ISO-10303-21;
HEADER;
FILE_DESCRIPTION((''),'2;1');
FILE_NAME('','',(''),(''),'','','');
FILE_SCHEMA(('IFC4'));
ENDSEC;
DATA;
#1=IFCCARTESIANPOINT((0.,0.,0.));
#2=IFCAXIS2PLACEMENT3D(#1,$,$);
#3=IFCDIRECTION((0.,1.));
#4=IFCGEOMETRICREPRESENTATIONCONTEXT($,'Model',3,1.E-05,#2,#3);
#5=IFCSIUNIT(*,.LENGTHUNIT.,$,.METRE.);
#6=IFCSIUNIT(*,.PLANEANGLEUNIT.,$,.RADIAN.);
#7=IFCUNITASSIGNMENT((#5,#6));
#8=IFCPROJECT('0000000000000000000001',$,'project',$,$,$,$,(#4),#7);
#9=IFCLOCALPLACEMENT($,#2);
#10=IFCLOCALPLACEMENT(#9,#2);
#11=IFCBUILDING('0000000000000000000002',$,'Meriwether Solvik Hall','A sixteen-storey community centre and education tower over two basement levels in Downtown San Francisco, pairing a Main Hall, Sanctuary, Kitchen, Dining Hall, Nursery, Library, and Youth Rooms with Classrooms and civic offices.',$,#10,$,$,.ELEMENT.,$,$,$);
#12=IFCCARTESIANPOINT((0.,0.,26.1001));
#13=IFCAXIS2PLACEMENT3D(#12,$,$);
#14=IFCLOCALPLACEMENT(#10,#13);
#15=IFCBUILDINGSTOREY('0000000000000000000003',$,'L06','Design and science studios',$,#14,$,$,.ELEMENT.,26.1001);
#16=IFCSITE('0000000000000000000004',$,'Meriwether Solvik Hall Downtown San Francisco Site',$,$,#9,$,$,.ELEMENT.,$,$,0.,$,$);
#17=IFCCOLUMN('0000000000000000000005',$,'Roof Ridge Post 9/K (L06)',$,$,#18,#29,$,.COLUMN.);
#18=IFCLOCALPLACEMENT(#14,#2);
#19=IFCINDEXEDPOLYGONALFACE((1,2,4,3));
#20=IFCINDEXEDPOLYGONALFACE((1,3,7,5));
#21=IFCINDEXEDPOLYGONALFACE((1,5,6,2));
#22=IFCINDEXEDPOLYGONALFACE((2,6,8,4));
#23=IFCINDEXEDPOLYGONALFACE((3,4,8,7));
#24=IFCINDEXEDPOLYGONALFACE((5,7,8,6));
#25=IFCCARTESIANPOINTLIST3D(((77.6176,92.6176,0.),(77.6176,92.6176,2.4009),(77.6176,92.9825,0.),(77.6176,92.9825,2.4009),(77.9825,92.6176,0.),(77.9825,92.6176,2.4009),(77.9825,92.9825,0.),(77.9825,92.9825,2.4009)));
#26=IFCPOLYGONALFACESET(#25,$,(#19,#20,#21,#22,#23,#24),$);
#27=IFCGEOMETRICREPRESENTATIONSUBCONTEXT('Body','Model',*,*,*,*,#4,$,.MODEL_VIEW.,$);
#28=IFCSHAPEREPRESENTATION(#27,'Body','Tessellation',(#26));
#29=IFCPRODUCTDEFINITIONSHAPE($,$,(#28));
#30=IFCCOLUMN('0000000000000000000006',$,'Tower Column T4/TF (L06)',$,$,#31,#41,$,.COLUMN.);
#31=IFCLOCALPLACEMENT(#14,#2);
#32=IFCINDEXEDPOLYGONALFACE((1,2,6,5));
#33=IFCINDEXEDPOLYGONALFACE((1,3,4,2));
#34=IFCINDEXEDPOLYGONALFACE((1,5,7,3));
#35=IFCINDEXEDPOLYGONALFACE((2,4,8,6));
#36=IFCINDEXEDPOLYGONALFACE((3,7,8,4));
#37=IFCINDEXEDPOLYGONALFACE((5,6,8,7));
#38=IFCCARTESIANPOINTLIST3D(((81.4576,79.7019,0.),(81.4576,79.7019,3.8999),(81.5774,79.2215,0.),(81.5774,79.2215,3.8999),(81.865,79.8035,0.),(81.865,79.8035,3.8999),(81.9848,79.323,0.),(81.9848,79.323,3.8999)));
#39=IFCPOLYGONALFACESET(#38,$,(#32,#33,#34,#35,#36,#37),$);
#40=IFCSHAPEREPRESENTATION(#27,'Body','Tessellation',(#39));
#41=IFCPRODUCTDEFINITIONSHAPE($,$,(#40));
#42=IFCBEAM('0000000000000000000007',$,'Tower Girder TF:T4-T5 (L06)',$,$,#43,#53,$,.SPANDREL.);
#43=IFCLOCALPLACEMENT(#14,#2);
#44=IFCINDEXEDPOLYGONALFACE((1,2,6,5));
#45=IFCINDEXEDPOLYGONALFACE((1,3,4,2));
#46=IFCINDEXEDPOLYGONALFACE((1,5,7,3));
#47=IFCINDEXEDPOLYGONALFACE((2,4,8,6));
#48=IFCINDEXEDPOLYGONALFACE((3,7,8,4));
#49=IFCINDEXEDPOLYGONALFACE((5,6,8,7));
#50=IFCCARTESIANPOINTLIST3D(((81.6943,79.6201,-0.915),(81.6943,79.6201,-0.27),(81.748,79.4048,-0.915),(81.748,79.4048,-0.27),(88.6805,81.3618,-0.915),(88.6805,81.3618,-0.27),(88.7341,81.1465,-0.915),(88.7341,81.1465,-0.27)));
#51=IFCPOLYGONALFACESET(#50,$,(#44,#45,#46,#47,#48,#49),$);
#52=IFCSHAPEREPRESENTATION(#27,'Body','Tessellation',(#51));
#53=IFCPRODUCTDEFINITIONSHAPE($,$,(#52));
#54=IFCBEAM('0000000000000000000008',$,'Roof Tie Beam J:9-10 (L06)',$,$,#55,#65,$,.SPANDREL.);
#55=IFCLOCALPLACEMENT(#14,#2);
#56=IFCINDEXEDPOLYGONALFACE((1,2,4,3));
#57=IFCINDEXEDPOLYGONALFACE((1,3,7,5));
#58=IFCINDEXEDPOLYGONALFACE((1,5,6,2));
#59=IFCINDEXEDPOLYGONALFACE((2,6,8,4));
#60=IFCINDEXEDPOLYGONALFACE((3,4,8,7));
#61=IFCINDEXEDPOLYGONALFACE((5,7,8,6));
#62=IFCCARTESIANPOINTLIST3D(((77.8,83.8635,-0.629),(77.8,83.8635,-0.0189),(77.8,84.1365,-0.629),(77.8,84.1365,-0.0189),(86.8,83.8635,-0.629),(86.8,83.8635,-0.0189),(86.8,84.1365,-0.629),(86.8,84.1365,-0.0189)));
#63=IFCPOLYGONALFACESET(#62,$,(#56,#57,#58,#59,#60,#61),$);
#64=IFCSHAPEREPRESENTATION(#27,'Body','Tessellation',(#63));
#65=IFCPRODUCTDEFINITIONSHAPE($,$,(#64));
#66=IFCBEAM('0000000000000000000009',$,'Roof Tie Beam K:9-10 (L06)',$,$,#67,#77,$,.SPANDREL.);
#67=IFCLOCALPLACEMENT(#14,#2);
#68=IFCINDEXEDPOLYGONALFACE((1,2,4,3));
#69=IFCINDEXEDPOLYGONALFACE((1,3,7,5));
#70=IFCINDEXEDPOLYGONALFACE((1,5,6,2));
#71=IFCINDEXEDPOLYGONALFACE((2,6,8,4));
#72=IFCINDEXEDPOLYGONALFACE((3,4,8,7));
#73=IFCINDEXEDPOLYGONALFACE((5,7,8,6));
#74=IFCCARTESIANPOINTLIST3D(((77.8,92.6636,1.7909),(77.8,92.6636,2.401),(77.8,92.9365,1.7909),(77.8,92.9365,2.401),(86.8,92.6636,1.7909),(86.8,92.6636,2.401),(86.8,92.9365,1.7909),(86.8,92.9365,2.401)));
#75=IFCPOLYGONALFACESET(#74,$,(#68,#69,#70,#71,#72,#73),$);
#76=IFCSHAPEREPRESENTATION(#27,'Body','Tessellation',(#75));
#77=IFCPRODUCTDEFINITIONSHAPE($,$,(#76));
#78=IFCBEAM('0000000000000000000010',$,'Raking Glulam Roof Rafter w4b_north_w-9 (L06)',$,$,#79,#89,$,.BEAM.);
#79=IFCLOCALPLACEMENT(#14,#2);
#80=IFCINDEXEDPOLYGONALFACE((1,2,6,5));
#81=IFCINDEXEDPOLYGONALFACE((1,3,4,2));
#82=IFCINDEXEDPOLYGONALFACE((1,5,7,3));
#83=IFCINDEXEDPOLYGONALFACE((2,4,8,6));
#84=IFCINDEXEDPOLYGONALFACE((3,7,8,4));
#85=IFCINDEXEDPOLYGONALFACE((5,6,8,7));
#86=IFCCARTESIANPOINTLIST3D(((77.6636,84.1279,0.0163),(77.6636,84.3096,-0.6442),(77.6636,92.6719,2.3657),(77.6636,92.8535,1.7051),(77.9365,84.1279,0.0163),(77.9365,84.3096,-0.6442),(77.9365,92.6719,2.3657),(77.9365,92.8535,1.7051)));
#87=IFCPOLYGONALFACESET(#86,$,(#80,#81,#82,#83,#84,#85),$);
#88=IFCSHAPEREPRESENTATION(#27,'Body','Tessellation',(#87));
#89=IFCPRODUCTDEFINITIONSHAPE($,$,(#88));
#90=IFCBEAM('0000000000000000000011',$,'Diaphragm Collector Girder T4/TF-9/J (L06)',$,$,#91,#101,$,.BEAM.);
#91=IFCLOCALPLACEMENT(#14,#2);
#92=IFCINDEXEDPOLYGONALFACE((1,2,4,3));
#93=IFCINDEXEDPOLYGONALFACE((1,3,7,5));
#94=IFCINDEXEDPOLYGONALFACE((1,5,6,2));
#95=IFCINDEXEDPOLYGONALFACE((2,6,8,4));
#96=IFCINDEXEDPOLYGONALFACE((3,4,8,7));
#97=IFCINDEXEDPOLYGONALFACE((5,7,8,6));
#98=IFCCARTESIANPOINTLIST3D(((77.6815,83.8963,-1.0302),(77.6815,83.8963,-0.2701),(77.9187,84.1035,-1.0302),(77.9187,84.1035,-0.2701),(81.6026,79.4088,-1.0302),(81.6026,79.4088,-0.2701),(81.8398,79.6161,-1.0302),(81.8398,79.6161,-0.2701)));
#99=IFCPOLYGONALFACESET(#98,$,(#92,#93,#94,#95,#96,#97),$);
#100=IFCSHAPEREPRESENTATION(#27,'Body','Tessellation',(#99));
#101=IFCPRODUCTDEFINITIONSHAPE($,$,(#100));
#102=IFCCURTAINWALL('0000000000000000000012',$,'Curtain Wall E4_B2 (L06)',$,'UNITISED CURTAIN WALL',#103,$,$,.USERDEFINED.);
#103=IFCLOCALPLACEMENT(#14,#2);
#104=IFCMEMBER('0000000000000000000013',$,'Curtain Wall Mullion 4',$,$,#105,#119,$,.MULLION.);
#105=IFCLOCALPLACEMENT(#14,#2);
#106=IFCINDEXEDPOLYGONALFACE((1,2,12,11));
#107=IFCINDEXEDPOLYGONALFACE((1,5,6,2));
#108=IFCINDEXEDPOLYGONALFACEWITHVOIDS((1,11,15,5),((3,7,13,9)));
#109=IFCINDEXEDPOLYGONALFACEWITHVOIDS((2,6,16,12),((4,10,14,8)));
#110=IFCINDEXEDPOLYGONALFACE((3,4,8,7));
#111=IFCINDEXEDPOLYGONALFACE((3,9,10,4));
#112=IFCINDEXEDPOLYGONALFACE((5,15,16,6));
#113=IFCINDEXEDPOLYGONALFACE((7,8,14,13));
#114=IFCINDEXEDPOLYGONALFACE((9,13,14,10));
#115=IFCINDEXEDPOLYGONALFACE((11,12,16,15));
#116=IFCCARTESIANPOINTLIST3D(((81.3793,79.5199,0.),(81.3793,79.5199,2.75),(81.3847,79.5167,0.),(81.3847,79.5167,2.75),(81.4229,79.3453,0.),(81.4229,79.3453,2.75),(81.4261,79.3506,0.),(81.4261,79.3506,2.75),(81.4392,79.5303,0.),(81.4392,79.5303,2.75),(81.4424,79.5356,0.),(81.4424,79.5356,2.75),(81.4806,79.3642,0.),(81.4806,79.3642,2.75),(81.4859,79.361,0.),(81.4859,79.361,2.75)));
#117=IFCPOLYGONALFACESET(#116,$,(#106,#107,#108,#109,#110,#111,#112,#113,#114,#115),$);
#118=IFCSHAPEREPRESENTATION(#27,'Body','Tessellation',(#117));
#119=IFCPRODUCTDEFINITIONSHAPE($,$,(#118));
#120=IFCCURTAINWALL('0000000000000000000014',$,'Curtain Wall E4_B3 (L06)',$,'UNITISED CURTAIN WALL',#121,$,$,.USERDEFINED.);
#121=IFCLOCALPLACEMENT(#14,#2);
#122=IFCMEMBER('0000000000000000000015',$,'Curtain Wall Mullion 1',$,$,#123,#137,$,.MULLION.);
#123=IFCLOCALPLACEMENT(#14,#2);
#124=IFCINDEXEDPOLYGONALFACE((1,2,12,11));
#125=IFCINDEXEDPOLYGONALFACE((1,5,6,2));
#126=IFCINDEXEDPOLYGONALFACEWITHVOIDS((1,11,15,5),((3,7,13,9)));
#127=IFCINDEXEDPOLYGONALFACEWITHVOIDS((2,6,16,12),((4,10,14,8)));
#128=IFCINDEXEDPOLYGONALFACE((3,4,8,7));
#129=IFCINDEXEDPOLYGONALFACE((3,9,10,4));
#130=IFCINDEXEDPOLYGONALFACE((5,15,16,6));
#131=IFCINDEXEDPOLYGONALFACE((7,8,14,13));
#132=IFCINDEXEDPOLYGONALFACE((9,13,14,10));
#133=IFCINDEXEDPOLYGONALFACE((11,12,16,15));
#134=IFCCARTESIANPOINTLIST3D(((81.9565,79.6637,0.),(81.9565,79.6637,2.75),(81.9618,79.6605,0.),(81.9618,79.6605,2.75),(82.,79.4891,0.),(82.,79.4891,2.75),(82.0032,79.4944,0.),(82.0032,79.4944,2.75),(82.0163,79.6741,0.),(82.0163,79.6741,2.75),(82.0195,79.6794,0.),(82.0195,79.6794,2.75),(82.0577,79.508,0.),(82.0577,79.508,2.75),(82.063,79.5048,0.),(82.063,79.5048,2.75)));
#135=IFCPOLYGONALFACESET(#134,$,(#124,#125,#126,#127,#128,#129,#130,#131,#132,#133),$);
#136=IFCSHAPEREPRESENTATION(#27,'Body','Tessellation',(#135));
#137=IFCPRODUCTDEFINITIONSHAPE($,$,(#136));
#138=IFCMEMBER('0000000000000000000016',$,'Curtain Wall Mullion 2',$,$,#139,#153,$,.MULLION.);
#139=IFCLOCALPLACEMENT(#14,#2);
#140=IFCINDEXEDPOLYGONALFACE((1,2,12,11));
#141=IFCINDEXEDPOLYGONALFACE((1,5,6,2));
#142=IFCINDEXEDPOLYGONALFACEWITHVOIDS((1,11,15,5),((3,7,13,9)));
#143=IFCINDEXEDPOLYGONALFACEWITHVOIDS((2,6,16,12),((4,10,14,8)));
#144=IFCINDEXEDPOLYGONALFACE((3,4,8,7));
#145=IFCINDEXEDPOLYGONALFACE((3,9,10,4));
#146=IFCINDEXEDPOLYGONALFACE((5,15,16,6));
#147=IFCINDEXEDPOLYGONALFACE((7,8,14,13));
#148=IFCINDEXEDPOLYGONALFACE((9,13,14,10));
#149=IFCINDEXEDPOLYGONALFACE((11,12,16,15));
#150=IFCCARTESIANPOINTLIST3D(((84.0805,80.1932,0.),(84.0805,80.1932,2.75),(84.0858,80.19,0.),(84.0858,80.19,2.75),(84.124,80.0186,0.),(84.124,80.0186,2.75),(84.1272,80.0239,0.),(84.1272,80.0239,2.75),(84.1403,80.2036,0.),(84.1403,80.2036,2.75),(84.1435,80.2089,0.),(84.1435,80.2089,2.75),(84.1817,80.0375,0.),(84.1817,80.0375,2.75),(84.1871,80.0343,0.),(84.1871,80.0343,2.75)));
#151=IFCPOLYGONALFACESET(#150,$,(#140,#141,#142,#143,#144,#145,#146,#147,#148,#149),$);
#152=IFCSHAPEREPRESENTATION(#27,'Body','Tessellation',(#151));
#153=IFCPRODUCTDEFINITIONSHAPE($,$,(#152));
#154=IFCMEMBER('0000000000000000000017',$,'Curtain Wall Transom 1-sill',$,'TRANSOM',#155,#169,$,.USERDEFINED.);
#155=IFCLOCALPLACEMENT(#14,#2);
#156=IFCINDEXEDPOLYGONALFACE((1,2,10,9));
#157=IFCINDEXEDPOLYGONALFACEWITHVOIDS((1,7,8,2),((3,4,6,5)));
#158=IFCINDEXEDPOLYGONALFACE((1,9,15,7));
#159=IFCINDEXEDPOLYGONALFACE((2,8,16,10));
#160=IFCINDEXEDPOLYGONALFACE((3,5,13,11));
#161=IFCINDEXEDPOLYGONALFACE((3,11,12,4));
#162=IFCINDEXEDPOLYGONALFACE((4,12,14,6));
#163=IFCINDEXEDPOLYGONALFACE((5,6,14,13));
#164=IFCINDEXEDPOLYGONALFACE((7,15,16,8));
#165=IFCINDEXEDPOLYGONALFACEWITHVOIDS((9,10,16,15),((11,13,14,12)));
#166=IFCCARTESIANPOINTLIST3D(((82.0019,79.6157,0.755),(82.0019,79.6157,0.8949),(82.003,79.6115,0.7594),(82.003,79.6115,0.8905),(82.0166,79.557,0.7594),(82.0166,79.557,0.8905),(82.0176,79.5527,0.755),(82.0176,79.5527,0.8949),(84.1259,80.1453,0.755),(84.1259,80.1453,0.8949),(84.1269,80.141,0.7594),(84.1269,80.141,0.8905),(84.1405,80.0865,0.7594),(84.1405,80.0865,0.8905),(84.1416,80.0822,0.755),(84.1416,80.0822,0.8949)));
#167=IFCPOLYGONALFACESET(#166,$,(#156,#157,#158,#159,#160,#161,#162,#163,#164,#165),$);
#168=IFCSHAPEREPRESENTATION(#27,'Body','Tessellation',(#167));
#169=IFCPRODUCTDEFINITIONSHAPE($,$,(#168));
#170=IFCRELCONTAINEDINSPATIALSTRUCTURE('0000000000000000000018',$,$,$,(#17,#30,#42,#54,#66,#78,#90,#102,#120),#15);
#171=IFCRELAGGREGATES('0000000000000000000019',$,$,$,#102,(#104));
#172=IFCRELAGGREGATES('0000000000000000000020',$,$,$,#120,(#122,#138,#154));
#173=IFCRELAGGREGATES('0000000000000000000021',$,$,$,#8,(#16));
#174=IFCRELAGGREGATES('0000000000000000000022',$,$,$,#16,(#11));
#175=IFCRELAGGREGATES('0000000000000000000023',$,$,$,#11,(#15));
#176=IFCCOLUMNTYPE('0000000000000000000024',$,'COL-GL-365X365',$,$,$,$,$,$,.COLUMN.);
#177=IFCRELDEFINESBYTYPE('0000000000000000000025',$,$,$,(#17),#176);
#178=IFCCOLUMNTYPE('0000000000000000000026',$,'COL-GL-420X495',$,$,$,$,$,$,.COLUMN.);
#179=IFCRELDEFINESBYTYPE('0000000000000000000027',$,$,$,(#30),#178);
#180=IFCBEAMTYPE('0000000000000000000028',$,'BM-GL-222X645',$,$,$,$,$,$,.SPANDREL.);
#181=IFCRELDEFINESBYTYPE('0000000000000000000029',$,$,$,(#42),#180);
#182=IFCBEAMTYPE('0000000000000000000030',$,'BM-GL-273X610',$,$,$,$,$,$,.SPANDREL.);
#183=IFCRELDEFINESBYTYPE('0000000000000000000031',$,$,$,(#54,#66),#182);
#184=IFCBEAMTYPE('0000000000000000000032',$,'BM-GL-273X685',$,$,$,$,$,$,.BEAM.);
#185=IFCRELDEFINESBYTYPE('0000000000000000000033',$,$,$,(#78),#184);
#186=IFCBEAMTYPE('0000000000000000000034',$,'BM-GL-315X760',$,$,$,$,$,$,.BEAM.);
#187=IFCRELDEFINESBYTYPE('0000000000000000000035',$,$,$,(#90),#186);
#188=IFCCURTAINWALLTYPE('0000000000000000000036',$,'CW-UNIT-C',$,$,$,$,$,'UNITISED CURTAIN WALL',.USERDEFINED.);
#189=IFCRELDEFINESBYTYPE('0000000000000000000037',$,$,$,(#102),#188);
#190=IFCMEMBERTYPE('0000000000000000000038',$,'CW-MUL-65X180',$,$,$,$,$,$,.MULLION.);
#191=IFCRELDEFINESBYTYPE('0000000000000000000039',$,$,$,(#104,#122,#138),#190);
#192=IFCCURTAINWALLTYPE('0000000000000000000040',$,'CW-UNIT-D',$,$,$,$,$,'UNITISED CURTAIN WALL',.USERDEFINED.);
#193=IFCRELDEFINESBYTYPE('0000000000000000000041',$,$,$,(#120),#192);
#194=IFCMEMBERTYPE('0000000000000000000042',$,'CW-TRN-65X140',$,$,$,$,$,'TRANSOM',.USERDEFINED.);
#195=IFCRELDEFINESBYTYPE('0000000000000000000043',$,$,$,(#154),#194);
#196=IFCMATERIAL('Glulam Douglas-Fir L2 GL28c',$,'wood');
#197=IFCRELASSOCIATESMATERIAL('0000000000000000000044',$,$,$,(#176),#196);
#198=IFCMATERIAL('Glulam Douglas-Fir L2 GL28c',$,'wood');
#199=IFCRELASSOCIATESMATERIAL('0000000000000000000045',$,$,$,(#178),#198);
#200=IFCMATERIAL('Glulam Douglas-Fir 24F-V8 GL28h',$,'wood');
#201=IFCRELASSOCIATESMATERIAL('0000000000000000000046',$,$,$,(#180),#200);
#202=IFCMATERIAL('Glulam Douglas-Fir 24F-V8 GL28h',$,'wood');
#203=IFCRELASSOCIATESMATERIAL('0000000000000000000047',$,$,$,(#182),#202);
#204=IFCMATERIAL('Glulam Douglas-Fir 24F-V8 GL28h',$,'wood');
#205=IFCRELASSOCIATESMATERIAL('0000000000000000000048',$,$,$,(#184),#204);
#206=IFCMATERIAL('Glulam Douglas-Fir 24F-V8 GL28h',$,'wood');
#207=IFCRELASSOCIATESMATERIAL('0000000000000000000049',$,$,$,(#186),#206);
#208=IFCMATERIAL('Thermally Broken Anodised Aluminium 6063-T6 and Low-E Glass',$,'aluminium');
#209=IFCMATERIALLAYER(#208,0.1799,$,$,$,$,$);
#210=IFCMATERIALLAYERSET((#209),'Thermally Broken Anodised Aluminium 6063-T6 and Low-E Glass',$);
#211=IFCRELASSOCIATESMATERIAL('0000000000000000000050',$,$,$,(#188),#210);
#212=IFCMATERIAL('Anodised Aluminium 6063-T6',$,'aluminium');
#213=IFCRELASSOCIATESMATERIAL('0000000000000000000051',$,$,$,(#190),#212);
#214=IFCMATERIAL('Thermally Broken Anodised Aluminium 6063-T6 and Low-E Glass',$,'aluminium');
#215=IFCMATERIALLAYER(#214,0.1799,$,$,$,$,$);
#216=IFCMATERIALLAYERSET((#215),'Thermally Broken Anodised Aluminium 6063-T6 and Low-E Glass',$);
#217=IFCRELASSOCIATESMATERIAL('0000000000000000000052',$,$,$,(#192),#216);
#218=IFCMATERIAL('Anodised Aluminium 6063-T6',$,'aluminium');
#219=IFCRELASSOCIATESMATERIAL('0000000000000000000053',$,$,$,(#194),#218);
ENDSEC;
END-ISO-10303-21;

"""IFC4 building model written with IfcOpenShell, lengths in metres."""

from ifc_helpers import new_model, si_unit, direction, frame, origin, origin_2d, place, context, subcontext, project, spatial, rectangle, hollow_rectangle, extrude, material, layer, layer_set, material_profile, profile_set, type_object, element, aggregate, save


model = new_model("IFC4")

# Units and contexts
model_context = context("Model", 3, precision=1e-05, world=origin(), true_north=direction((0.0, 1.0)))
body_context = subcontext(model_context, "Body", "Model", "MODEL_VIEW")
ifc_project = project(units=[si_unit("LENGTHUNIT", "METRE"), si_unit("PLANEANGLEUNIT", "RADIAN")], contexts=[model_context])

# Site, building, storey
site_placement = place(None, origin())
site = spatial("IfcSite", under=ifc_project, at=site_placement, Name="Meriwether Solvik Hall Downtown San Francisco Site", CompositionType="ELEMENT", RefElevation=0.0)
building_placement = place(site_placement, origin())
building = spatial("IfcBuilding", under=site, at=building_placement, Name="Meriwether Solvik Hall", Description="A sixteen-storey community centre and education tower over two basement levels in Downtown San Francisco, pairing a Main Hall, Sanctuary, Kitchen, Dining Hall, Nursery, Library, and Youth Rooms with Classrooms and civic offices.", CompositionType="ELEMENT")
storey_placement = place(building_placement, frame((0.0, 0.0, 26.1001)))
storey = spatial("IfcBuildingStorey", under=building, at=storey_placement, Name="L06", Description="Design and science studios", CompositionType="ELEMENT", Elevation=26.1001)

# Columns
ifc_material_1 = material(Name="Glulam Douglas-Fir L2 GL28c", Category="wood")
ifc_material_profile_1 = material_profile(ifc_material_1, rectangle(XDim=0.365, YDim=0.365, at=origin_2d()), Name="GLC-365X365")
ifc_profile_set_1 = profile_set([ifc_material_profile_1], Name="Glulam Douglas-Fir L2 GL28c")
column_type_1 = type_object("IfcColumnType", Name="COL-GL-365X365", PredefinedType="COLUMN", material=ifc_profile_set_1)
column_1_placement = place(storey_placement, frame((77.8, 92.8, 0.0), z_axis=(0.0, 0.0, 1.0), x_axis=(1.0, 0.0, 0.0)))
element("IfcColumn", 1, at=column_1_placement, inside=storey, type_object=column_type_1, Name="Roof Ridge Post 9/K (L06)", PredefinedType="COLUMN", context=body_context, shape_type="SweptSolid", body=[
    extrude(rectangle(XDim=0.365, YDim=0.365, at=origin_2d()), origin(), (0.0, 0.0, 1.0), 2.4009),
])
ifc_material_2 = material(Name="Glulam Douglas-Fir L2 GL28c", Category="wood")
ifc_material_profile_2 = material_profile(ifc_material_2, rectangle(XDim=0.4199, YDim=0.4951, at=origin_2d()), Name="GLC-420X495")
ifc_profile_set_2 = profile_set([ifc_material_profile_2], Name="Glulam Douglas-Fir L2 GL28c")
column_type_2 = type_object("IfcColumnType", Name="COL-GL-420X495", PredefinedType="COLUMN", material=ifc_profile_set_2)
column_2_placement = place(storey_placement, frame((81.7212, 79.5125, 0.0), z_axis=(0.0, 0.0, 1.0), x_axis=(0.970296, 0.241922, 0.0)))
element("IfcColumn", 2, at=column_2_placement, inside=storey, type_object=column_type_2, Name="Tower Column T4/TF (L06)", PredefinedType="COLUMN", context=body_context, shape_type="SweptSolid", body=[
    extrude(rectangle(XDim=0.4199, YDim=0.4951, at=origin_2d()), origin(), (0.0, 0.0, 1.0), 3.8999),
])

# Beams
ifc_material_3 = material(Name="Glulam Douglas-Fir 24F-V8 GL28h", Category="wood")
ifc_material_profile_3 = material_profile(ifc_material_3, rectangle(XDim=0.2219, YDim=0.645, at=origin_2d()), Name="GLB-222X645")
ifc_profile_set_3 = profile_set([ifc_material_profile_3], Name="Glulam Douglas-Fir 24F-V8 GL28h")
beam_type_1 = type_object("IfcBeamType", Name="BM-GL-222X645", PredefinedType="SPANDREL", material=ifc_profile_set_3)
beam_1_placement = place(storey_placement, frame((81.7212, 79.5125, -0.5925), z_axis=(0.9703, 0.241905, 0.0), x_axis=(-0.241905, 0.9703, 0.0)))
element("IfcBeam", 3, at=beam_1_placement, inside=storey, type_object=beam_type_1, Name="Tower Girder TF:T4-T5 (L06)", PredefinedType="SPANDREL", context=body_context, shape_type="SweptSolid", body=[
    extrude(rectangle(XDim=0.2219, YDim=0.645, at=origin_2d()), origin(), (0.0, 0.0, 1.0), 7.2),
])
ifc_material_4 = material(Name="Glulam Douglas-Fir 24F-V8 GL28h", Category="wood")
ifc_material_profile_4 = material_profile(ifc_material_4, rectangle(XDim=0.2729, YDim=0.6101, at=origin_2d()), Name="GLB-273X610")
ifc_profile_set_4 = profile_set([ifc_material_profile_4], Name="Glulam Douglas-Fir 24F-V8 GL28h")
beam_type_2 = type_object("IfcBeamType", Name="BM-GL-273X610", PredefinedType="SPANDREL", material=ifc_profile_set_4)
for number, where, z_axis, x_axis, name in (
    (4, (77.8, 84.0, -0.324), (1.0, 0.0, 0.0), (0.0, 1.0, 0.0), "Roof Tie Beam J:9-10 (L06)"),
    (5, (77.8, 92.8, 2.0959), (1.0, 0.0, 0.0), (0.0, 1.0, 0.0), "Roof Tie Beam K:9-10 (L06)"),
):
    element("IfcBeam", number, at=place(storey_placement, frame(where, z_axis=z_axis, x_axis=x_axis)), inside=storey, type_object=beam_type_2, Name=name, PredefinedType="SPANDREL", context=body_context, shape_type="SweptSolid", body=[
        extrude(rectangle(XDim=0.2729, YDim=0.6101, at=origin_2d()), origin(), (0.0, 0.0, 1.0), 9.0),
    ])
ifc_material_5 = material(Name="Glulam Douglas-Fir 24F-V8 GL28h", Category="wood")
ifc_material_profile_5 = material_profile(ifc_material_5, rectangle(XDim=0.2729, YDim=0.6851, at=origin_2d()), Name="GLB-273X685")
ifc_profile_set_5 = profile_set([ifc_material_profile_5], Name="Glulam Douglas-Fir 24F-V8 GL28h")
beam_type_3 = type_object("IfcBeamType", Name="BM-GL-273X685", PredefinedType="BEAM", material=ifc_profile_set_5)
beam_2_placement = place(storey_placement, frame((77.8, 84.2188, -0.314), z_axis=(0.0, 0.964212, 0.265133), x_axis=(-1.0, 0.0, 0.0)))
element("IfcBeam", 6, at=beam_2_placement, inside=storey, type_object=beam_type_3, Name="Raking Glulam Roof Rafter w4b_north_w-9 (L06)", PredefinedType="BEAM", context=body_context, shape_type="SweptSolid", body=[
    extrude(rectangle(XDim=0.2729, YDim=0.6851, at=origin_2d()), origin(), (0.0, 0.0, 1.0), 8.8611),
])
ifc_material_6 = material(Name="Glulam Douglas-Fir 24F-V8 GL28h", Category="wood")
ifc_material_profile_6 = material_profile(ifc_material_6, rectangle(XDim=0.3149, YDim=0.76, at=origin_2d()), Name="GLB-315X760")
ifc_profile_set_6 = profile_set([ifc_material_profile_6], Name="Glulam Douglas-Fir 24F-V8 GL28h")
beam_type_4 = type_object("IfcBeamType", Name="BM-GL-315X760", PredefinedType="BEAM", material=ifc_profile_set_6)
beam_3_placement = place(storey_placement, frame((81.7212, 79.5125, -0.6501), z_axis=(-0.657985, 0.753031, 0.0), x_axis=(-0.753031, -0.657985, 0.0)))
element("IfcBeam", 7, at=beam_3_placement, inside=storey, type_object=beam_type_4, Name="Diaphragm Collector Girder T4/TF-9/J (L06)", PredefinedType="BEAM", context=body_context, shape_type="SweptSolid", body=[
    extrude(rectangle(XDim=0.3149, YDim=0.76, at=origin_2d()), origin(), (0.0, 0.0, 1.0), 5.9592),
])

# Curtain wall, member
ifc_material_7 = material(Name="Thermally Broken Anodised Aluminium 6063-T6 and Low-E Glass", Category="aluminium")
ifc_layer_1 = layer(ifc_material_7, 0.1799)
ifc_layer_set_1 = layer_set([ifc_layer_1], Name="Thermally Broken Anodised Aluminium 6063-T6 and Low-E Glass")
curtain_wall_type_1 = type_object("IfcCurtainWallType", Name="CW-UNIT-C", ElementType="UNITISED CURTAIN WALL", PredefinedType="USERDEFINED", material=ifc_layer_set_1)
curtain_wall_1_placement = place(storey_placement, origin())
curtain_wall_1 = element("IfcCurtainWall", 8, at=curtain_wall_1_placement, inside=storey, type_object=curtain_wall_type_1, Name="Curtain Wall E4_B2 (L06)", ObjectType="UNITISED CURTAIN WALL", PredefinedType="USERDEFINED")
ifc_material_8 = material(Name="Anodised Aluminium 6063-T6", Category="aluminium")
ifc_material_profile_7 = material_profile(ifc_material_8, hollow_rectangle(XDim=0.0649, YDim=0.1799, WallThickness=0.0044, at=origin_2d()), Name="CWM-65X180")
ifc_profile_set_7 = profile_set([ifc_material_profile_7], Name="Anodised Aluminium 6063-T6")
member_type_1 = type_object("IfcMemberType", Name="CW-MUL-65X180", PredefinedType="MULLION", material=ifc_profile_set_7)
member_1_placement = place(storey_placement, frame((81.4326, 79.4404, 0.0), z_axis=(0.0, 0.0, 1.0), x_axis=(0.970296, 0.241922, 0.0)))
member_1 = element("IfcMember", 9, at=member_1_placement, type_object=member_type_1, Name="Curtain Wall Mullion 4", PredefinedType="MULLION", context=body_context, shape_type="SweptSolid", body=[
    extrude(hollow_rectangle(XDim=0.0649, YDim=0.1799, WallThickness=0.0044, at=origin_2d()), origin(), (0.0, 0.0, 1.0), 2.75),
])

# Curtain wall, members
ifc_material_9 = material(Name="Thermally Broken Anodised Aluminium 6063-T6 and Low-E Glass", Category="aluminium")
ifc_layer_2 = layer(ifc_material_9, 0.1799)
ifc_layer_set_2 = layer_set([ifc_layer_2], Name="Thermally Broken Anodised Aluminium 6063-T6 and Low-E Glass")
curtain_wall_type_2 = type_object("IfcCurtainWallType", Name="CW-UNIT-D", ElementType="UNITISED CURTAIN WALL", PredefinedType="USERDEFINED", material=ifc_layer_set_2)
curtain_wall_2_placement = place(storey_placement, origin())
curtain_wall_2 = element("IfcCurtainWall", 10, at=curtain_wall_2_placement, inside=storey, type_object=curtain_wall_type_2, Name="Curtain Wall E4_B3 (L06)", ObjectType="UNITISED CURTAIN WALL", PredefinedType="USERDEFINED")
member_2_placement = place(storey_placement, frame((82.0098, 79.5842, 0.0), z_axis=(0.0, 0.0, 1.0), x_axis=(0.970296, 0.241922, 0.0)))
member_2 = element("IfcMember", 11, at=member_2_placement, type_object=member_type_1, Name="Curtain Wall Mullion 1", PredefinedType="MULLION", context=body_context, shape_type="SweptSolid", body=[
    extrude(hollow_rectangle(XDim=0.0649, YDim=0.1799, WallThickness=0.0044, at=origin_2d()), origin(), (0.0, 0.0, 1.0), 2.75),
])
member_3_placement = place(storey_placement, frame((84.1338, 80.1138, 0.0), z_axis=(0.0, 0.0, 1.0), x_axis=(0.970296, 0.241922, 0.0)))
member_3 = element("IfcMember", 12, at=member_3_placement, type_object=member_type_1, Name="Curtain Wall Mullion 2", PredefinedType="MULLION", context=body_context, shape_type="SweptSolid", body=[
    extrude(hollow_rectangle(XDim=0.0649, YDim=0.1799, WallThickness=0.0044, at=origin_2d()), origin(), (0.0, 0.0, 1.0), 2.75),
])
ifc_material_10 = material(Name="Anodised Aluminium 6063-T6", Category="aluminium")
ifc_material_profile_8 = material_profile(ifc_material_10, hollow_rectangle(XDim=0.0649, YDim=0.1399, WallThickness=0.0044, at=origin_2d()), Name="CWT-65X140")
ifc_profile_set_8 = profile_set([ifc_material_profile_8], Name="Anodised Aluminium 6063-T6")
member_type_2 = type_object("IfcMemberType", Name="CW-TRN-65X140", ElementType="TRANSOM", PredefinedType="USERDEFINED", material=ifc_profile_set_8)
member_4_placement = place(storey_placement, frame((82.0098, 79.5842, 0.825), z_axis=(0.9703, 0.241906, 0.0), x_axis=(-0.241906, 0.9703, 0.0)))
member_4 = element("IfcMember", 13, at=member_4_placement, type_object=member_type_2, Name="Curtain Wall Transom 1-sill", ObjectType="TRANSOM", PredefinedType="USERDEFINED", context=body_context, shape_type="SweptSolid", body=[
    extrude(hollow_rectangle(XDim=0.0649, YDim=0.1399, WallThickness=0.0044, at=origin_2d()), origin(), (0.0, 0.0, 1.0), 2.189),
])

aggregate(curtain_wall_1, [member_1])
aggregate(curtain_wall_2, [member_2, member_3, member_4])

save(model, "model.ifc")
